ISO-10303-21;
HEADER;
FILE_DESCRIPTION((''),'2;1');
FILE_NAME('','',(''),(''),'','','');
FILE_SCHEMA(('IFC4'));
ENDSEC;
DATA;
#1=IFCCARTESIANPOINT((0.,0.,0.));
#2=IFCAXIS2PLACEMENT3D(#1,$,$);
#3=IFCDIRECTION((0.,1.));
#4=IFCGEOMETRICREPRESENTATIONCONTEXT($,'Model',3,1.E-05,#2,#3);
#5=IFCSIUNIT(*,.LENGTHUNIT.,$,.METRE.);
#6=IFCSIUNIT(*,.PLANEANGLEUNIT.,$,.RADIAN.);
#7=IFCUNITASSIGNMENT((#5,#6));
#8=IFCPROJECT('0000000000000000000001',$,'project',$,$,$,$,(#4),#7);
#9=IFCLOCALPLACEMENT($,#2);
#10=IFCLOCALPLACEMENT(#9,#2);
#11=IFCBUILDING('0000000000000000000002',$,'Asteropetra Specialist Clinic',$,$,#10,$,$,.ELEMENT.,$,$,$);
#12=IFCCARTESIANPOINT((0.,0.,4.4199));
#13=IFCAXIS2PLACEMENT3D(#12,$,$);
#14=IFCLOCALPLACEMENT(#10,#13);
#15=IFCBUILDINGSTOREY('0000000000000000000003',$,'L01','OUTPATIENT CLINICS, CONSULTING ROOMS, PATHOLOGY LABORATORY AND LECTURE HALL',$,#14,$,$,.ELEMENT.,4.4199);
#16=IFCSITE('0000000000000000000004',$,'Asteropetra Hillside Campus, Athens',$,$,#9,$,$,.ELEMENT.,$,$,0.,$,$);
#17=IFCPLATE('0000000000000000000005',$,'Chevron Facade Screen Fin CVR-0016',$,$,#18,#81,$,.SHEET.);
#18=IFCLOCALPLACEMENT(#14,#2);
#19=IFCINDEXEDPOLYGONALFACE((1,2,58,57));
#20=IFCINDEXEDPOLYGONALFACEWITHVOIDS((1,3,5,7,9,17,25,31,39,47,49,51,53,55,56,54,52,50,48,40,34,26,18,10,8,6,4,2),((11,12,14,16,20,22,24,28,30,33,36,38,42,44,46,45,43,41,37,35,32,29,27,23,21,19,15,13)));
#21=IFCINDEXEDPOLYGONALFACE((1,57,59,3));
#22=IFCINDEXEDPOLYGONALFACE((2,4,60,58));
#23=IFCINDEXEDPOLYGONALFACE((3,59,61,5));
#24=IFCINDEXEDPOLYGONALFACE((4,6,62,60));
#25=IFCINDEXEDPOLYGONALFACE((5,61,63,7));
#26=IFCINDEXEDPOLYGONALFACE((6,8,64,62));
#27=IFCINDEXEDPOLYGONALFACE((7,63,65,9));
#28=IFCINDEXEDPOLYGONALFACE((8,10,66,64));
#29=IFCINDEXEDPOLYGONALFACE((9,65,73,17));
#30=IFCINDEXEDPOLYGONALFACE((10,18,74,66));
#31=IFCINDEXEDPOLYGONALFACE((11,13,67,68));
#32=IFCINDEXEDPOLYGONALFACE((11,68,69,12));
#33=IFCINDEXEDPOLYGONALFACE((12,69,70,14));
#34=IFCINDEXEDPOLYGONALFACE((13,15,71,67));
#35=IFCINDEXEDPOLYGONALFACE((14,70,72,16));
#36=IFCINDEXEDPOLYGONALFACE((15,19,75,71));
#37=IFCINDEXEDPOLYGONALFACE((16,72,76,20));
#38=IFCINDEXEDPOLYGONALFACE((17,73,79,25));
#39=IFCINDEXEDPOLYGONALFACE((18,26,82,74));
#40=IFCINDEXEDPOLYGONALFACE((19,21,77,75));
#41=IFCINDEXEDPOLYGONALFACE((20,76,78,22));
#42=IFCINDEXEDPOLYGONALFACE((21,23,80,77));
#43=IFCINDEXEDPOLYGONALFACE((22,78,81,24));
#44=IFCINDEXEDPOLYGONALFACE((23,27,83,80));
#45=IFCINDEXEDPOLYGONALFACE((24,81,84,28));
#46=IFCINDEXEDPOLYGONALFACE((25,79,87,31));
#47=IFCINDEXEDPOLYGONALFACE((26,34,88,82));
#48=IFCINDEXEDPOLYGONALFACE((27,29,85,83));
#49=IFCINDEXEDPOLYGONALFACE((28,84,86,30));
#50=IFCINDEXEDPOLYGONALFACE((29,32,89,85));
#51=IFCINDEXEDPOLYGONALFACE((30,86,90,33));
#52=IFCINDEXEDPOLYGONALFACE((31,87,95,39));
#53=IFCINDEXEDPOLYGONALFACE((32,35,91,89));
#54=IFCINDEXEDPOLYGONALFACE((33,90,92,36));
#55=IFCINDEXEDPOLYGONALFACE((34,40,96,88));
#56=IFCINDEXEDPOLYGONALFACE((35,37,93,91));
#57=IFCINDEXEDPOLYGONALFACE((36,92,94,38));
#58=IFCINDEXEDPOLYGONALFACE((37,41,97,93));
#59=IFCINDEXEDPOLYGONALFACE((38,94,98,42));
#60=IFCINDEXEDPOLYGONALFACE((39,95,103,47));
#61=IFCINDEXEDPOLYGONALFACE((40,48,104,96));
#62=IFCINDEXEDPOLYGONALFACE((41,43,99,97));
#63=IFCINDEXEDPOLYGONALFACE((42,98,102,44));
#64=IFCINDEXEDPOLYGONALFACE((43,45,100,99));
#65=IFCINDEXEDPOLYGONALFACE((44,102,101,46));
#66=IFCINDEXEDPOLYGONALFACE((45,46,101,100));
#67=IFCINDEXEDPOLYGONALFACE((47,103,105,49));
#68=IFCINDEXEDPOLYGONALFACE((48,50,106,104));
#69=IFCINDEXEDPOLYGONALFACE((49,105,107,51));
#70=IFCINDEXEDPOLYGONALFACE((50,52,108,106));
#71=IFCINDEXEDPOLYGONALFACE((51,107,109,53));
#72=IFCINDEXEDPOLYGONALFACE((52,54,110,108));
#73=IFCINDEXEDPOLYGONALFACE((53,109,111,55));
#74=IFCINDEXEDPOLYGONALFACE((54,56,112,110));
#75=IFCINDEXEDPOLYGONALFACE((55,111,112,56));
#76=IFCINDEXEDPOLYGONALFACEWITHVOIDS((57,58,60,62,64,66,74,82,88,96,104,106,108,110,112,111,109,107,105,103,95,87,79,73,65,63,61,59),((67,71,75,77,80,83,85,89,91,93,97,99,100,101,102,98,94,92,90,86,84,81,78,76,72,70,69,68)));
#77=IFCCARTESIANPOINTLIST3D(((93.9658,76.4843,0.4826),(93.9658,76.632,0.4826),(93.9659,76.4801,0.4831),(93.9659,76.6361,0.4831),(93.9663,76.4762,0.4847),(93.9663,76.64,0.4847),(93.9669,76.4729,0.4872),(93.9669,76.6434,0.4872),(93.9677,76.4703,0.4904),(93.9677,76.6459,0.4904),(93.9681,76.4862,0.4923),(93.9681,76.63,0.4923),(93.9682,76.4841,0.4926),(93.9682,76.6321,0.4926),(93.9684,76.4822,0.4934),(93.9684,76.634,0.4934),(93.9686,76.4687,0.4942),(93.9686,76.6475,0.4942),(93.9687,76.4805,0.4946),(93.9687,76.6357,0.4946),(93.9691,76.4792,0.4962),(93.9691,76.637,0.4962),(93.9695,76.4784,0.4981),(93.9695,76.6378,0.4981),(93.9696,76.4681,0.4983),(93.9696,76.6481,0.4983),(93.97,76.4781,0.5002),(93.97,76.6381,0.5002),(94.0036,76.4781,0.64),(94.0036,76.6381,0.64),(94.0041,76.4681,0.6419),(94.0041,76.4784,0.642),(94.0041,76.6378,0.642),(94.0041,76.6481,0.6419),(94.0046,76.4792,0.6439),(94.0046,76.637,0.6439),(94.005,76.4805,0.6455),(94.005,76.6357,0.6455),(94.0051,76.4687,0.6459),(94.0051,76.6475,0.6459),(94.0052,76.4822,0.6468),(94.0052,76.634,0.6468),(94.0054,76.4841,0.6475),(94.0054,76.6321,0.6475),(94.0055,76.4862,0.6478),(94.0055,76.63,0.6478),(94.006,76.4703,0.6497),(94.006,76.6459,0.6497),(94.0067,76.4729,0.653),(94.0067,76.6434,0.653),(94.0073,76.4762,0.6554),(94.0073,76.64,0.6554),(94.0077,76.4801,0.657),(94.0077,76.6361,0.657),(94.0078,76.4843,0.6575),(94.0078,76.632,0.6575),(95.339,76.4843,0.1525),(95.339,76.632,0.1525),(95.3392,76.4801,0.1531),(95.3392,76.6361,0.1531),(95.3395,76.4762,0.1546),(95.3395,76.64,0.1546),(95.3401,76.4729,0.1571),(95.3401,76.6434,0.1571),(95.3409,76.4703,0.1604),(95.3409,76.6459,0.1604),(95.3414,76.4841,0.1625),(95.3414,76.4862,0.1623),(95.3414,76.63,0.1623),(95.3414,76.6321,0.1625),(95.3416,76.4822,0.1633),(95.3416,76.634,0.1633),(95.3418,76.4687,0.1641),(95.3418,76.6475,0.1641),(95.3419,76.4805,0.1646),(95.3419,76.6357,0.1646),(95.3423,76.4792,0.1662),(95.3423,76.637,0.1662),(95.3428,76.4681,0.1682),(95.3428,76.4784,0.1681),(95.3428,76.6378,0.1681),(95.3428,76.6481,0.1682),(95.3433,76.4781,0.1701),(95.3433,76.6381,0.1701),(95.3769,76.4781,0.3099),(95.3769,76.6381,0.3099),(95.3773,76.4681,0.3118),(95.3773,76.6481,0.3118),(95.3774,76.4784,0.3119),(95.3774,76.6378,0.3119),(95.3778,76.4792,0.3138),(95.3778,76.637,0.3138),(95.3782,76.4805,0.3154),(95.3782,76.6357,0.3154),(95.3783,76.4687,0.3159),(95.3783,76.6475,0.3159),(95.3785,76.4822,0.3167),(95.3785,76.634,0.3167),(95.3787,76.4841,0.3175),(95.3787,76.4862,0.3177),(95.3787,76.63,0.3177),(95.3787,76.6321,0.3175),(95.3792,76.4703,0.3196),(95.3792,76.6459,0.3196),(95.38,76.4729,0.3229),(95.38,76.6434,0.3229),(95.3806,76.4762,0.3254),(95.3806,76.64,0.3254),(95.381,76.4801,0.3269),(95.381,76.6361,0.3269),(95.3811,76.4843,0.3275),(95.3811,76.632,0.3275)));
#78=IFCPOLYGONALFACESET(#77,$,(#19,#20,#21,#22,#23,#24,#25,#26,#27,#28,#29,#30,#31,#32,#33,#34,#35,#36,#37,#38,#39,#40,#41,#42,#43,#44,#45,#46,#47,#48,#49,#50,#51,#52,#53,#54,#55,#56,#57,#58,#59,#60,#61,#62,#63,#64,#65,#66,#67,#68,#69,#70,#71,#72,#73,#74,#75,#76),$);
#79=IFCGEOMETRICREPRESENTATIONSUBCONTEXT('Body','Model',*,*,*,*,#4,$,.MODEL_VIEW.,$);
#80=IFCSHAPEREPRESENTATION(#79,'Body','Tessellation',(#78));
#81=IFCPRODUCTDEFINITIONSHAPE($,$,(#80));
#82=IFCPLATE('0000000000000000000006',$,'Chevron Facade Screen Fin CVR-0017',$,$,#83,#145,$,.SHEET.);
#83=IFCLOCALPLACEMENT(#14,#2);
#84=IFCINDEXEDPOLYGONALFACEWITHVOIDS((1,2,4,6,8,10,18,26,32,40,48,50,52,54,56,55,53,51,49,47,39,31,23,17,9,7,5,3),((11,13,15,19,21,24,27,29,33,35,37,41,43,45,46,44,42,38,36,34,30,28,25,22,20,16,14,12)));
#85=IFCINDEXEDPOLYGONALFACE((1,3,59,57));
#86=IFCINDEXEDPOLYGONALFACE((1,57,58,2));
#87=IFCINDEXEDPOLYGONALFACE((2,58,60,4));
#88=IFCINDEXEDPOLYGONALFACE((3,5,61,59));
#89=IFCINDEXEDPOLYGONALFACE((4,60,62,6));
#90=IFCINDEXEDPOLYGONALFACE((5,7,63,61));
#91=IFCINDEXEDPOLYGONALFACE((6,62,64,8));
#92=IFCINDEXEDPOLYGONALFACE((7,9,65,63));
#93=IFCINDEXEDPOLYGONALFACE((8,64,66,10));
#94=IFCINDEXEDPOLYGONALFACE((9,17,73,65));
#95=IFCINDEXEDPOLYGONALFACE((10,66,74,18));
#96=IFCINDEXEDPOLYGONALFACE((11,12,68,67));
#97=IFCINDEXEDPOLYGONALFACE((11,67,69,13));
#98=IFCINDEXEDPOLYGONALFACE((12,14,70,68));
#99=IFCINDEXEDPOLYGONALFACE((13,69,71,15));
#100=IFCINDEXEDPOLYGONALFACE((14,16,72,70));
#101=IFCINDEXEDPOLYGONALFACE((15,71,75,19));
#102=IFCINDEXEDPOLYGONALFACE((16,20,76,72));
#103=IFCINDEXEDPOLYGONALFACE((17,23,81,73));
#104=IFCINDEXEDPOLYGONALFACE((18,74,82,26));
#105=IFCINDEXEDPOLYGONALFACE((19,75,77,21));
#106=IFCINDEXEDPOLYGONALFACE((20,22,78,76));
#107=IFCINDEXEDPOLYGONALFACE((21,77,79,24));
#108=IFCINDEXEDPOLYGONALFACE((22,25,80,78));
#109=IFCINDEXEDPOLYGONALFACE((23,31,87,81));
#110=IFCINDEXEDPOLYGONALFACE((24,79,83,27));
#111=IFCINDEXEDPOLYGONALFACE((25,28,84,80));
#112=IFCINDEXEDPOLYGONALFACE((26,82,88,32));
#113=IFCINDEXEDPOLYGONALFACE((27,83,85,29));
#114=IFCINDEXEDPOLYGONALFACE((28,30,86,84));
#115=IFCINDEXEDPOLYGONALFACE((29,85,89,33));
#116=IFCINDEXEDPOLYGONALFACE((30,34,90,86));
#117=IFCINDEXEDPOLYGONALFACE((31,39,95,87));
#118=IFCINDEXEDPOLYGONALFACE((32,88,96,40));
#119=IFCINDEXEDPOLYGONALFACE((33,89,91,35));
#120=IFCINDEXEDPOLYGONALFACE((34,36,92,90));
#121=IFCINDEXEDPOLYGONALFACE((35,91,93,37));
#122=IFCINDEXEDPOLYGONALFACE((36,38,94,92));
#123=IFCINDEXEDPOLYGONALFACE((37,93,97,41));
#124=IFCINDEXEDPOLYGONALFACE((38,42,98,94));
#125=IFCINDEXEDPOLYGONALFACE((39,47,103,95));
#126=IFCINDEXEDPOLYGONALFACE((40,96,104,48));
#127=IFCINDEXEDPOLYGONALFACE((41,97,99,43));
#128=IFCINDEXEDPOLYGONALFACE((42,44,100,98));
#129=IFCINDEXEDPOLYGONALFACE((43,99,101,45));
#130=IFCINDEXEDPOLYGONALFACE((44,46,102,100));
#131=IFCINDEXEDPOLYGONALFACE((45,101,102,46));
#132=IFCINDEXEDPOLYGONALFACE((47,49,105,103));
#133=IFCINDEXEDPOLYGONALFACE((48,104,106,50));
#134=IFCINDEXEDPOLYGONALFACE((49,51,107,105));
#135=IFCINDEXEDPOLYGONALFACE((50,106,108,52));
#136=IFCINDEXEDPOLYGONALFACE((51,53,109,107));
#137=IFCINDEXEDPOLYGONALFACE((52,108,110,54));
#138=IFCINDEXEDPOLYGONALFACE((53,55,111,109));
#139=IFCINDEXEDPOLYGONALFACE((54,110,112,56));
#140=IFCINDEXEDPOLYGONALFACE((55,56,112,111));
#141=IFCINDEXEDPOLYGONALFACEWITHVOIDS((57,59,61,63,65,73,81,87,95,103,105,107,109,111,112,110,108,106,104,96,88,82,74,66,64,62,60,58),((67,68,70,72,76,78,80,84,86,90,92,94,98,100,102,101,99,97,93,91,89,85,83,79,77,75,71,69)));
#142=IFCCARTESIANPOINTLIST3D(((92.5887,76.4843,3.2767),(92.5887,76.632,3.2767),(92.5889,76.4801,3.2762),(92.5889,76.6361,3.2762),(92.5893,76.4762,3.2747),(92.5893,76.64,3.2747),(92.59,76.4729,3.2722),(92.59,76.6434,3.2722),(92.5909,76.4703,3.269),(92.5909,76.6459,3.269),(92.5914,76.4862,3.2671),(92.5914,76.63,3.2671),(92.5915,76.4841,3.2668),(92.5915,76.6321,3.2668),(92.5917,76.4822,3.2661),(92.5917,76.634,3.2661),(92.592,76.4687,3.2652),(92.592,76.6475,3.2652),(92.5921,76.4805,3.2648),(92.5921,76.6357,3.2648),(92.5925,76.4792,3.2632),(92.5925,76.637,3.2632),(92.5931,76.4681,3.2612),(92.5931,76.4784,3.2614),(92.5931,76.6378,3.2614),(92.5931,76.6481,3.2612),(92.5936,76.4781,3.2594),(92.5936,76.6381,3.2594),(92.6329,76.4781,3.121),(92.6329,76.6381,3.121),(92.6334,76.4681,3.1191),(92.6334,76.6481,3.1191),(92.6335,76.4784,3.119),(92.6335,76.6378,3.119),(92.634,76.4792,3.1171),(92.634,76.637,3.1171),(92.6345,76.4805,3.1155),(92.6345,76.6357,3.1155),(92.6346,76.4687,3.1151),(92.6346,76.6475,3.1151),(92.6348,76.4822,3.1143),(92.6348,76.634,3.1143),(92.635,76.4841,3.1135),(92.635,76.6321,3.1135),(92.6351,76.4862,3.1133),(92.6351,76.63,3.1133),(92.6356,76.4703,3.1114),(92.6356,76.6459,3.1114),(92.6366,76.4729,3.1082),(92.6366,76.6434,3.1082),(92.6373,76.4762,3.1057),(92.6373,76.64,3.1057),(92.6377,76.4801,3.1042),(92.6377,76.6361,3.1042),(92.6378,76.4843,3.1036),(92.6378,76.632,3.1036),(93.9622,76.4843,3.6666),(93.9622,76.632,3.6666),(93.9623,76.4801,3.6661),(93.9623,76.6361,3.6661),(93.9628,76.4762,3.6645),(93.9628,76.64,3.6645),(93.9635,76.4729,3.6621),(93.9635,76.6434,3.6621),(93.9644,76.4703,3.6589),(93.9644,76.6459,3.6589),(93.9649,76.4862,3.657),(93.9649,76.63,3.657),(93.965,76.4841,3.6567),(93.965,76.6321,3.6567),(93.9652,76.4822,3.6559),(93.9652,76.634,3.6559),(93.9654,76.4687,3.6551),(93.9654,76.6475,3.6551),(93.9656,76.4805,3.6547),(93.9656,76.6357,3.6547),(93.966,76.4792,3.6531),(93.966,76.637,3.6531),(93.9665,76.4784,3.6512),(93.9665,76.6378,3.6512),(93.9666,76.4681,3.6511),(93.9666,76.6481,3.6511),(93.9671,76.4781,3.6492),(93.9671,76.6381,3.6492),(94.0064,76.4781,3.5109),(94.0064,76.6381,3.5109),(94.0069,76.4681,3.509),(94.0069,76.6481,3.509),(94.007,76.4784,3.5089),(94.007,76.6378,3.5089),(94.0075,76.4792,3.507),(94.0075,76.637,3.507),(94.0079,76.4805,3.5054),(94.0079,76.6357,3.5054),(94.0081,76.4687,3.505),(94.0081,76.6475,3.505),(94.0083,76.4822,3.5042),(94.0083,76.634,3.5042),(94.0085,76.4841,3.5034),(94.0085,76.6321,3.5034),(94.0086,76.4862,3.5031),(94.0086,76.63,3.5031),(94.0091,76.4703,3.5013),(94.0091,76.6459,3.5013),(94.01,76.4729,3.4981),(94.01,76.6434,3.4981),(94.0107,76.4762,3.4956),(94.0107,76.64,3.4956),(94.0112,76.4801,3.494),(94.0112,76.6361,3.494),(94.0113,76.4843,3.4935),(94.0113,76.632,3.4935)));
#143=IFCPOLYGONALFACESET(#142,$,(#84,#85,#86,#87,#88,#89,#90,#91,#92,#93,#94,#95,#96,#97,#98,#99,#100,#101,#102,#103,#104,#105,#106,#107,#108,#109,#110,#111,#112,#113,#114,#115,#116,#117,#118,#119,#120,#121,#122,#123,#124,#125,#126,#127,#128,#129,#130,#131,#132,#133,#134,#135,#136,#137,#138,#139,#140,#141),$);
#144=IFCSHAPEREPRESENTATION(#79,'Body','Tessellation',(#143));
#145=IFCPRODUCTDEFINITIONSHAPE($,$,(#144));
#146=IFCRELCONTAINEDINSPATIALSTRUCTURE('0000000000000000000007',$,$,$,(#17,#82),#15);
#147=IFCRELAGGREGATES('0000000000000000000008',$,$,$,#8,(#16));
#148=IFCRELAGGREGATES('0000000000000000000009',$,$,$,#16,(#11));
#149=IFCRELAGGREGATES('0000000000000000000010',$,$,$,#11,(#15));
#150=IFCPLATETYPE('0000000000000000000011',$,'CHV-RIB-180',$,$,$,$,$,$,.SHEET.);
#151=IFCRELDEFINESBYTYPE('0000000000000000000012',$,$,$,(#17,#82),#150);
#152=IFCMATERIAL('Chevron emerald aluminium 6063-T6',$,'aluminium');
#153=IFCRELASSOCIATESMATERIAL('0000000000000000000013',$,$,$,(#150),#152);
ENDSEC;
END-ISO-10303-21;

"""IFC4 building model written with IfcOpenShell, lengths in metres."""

from ifc_helpers import new_model, si_unit, direction, frame, origin, origin_2d, place, context, subcontext, project, spatial, hollow_rectangle, extrude, material, material_profile, profile_set, type_object, element, save


model = new_model("IFC4")

# Units and contexts
model_context = context("Model", 3, precision=1e-05, world=origin(), true_north=direction((0.0, 1.0)))
body_context = subcontext(model_context, "Body", "Model", "MODEL_VIEW")
ifc_project = project(units=[si_unit("LENGTHUNIT", "METRE"), si_unit("PLANEANGLEUNIT", "RADIAN")], contexts=[model_context])

# Site, building, storey
site_placement = place(None, origin())
site = spatial("IfcSite", under=ifc_project, at=site_placement, Name="Asteropetra Hillside Campus, Athens", CompositionType="ELEMENT", RefElevation=0.0)
building_placement = place(site_placement, origin())
building = spatial("IfcBuilding", under=site, at=building_placement, Name="Asteropetra Specialist Clinic", CompositionType="ELEMENT")
storey_placement = place(building_placement, frame((0.0, 0.0, 4.4199)))
storey = spatial("IfcBuildingStorey", under=building, at=storey_placement, Name="L01", Description="OUTPATIENT CLINICS, CONSULTING ROOMS, PATHOLOGY LABORATORY AND LECTURE HALL", CompositionType="ELEMENT", Elevation=4.4199)

# Plates
ifc_material_1 = material(Name="Chevron emerald aluminium 6063-T6", Category="aluminium")
ifc_material_profile_1 = material_profile(ifc_material_1, hollow_rectangle(XDim=0.1799, YDim=0.1799, WallThickness=0.01, InnerFilletRadius=0.0081, OuterFilletRadius=0.0161, at=origin_2d()), Name="SHS 180x180x10.0")
ifc_profile_set_1 = profile_set([ifc_material_profile_1], Name="Chevron emerald aluminium 6063-T6")
plate_type = type_object("IfcPlateType", Name="CHV-RIB-180", PredefinedType="SHEET", material=ifc_profile_set_1)
plate_1_placement = place(storey_placement, frame((93.9868, 76.5581, 0.5701), z_axis=(0.972309, 0.0, -0.2337), x_axis=(0.0, 1.0, 0.0)))
element("IfcPlate", 1, at=plate_1_placement, inside=storey, type_object=plate_type, Name="Chevron Facade Screen Fin CVR-0016", PredefinedType="SHEET", context=body_context, shape_type="SweptSolid", body=[
    extrude(hollow_rectangle(XDim=0.1799, YDim=0.1799, WallThickness=0.01, InnerFilletRadius=0.0081, OuterFilletRadius=0.0161, at=origin_2d()), origin(), (0.0, 0.0, 1.0), 1.4124),
])
plate_2_placement = place(storey_placement, frame((92.6133, 76.5581, 3.1902), z_axis=(0.961994, 0.0, 0.273072), x_axis=(0.0, 1.0, 0.0)))
element("IfcPlate", 2, at=plate_2_placement, inside=storey, type_object=plate_type, Name="Chevron Facade Screen Fin CVR-0017", PredefinedType="SHEET", context=body_context, shape_type="SweptSolid", body=[
    extrude(hollow_rectangle(XDim=0.1799, YDim=0.1799, WallThickness=0.01, InnerFilletRadius=0.0081, OuterFilletRadius=0.0161, at=origin_2d()), origin(), (0.0, 0.0, 1.0), 1.4277),
])

save(model, "model.ifc")
